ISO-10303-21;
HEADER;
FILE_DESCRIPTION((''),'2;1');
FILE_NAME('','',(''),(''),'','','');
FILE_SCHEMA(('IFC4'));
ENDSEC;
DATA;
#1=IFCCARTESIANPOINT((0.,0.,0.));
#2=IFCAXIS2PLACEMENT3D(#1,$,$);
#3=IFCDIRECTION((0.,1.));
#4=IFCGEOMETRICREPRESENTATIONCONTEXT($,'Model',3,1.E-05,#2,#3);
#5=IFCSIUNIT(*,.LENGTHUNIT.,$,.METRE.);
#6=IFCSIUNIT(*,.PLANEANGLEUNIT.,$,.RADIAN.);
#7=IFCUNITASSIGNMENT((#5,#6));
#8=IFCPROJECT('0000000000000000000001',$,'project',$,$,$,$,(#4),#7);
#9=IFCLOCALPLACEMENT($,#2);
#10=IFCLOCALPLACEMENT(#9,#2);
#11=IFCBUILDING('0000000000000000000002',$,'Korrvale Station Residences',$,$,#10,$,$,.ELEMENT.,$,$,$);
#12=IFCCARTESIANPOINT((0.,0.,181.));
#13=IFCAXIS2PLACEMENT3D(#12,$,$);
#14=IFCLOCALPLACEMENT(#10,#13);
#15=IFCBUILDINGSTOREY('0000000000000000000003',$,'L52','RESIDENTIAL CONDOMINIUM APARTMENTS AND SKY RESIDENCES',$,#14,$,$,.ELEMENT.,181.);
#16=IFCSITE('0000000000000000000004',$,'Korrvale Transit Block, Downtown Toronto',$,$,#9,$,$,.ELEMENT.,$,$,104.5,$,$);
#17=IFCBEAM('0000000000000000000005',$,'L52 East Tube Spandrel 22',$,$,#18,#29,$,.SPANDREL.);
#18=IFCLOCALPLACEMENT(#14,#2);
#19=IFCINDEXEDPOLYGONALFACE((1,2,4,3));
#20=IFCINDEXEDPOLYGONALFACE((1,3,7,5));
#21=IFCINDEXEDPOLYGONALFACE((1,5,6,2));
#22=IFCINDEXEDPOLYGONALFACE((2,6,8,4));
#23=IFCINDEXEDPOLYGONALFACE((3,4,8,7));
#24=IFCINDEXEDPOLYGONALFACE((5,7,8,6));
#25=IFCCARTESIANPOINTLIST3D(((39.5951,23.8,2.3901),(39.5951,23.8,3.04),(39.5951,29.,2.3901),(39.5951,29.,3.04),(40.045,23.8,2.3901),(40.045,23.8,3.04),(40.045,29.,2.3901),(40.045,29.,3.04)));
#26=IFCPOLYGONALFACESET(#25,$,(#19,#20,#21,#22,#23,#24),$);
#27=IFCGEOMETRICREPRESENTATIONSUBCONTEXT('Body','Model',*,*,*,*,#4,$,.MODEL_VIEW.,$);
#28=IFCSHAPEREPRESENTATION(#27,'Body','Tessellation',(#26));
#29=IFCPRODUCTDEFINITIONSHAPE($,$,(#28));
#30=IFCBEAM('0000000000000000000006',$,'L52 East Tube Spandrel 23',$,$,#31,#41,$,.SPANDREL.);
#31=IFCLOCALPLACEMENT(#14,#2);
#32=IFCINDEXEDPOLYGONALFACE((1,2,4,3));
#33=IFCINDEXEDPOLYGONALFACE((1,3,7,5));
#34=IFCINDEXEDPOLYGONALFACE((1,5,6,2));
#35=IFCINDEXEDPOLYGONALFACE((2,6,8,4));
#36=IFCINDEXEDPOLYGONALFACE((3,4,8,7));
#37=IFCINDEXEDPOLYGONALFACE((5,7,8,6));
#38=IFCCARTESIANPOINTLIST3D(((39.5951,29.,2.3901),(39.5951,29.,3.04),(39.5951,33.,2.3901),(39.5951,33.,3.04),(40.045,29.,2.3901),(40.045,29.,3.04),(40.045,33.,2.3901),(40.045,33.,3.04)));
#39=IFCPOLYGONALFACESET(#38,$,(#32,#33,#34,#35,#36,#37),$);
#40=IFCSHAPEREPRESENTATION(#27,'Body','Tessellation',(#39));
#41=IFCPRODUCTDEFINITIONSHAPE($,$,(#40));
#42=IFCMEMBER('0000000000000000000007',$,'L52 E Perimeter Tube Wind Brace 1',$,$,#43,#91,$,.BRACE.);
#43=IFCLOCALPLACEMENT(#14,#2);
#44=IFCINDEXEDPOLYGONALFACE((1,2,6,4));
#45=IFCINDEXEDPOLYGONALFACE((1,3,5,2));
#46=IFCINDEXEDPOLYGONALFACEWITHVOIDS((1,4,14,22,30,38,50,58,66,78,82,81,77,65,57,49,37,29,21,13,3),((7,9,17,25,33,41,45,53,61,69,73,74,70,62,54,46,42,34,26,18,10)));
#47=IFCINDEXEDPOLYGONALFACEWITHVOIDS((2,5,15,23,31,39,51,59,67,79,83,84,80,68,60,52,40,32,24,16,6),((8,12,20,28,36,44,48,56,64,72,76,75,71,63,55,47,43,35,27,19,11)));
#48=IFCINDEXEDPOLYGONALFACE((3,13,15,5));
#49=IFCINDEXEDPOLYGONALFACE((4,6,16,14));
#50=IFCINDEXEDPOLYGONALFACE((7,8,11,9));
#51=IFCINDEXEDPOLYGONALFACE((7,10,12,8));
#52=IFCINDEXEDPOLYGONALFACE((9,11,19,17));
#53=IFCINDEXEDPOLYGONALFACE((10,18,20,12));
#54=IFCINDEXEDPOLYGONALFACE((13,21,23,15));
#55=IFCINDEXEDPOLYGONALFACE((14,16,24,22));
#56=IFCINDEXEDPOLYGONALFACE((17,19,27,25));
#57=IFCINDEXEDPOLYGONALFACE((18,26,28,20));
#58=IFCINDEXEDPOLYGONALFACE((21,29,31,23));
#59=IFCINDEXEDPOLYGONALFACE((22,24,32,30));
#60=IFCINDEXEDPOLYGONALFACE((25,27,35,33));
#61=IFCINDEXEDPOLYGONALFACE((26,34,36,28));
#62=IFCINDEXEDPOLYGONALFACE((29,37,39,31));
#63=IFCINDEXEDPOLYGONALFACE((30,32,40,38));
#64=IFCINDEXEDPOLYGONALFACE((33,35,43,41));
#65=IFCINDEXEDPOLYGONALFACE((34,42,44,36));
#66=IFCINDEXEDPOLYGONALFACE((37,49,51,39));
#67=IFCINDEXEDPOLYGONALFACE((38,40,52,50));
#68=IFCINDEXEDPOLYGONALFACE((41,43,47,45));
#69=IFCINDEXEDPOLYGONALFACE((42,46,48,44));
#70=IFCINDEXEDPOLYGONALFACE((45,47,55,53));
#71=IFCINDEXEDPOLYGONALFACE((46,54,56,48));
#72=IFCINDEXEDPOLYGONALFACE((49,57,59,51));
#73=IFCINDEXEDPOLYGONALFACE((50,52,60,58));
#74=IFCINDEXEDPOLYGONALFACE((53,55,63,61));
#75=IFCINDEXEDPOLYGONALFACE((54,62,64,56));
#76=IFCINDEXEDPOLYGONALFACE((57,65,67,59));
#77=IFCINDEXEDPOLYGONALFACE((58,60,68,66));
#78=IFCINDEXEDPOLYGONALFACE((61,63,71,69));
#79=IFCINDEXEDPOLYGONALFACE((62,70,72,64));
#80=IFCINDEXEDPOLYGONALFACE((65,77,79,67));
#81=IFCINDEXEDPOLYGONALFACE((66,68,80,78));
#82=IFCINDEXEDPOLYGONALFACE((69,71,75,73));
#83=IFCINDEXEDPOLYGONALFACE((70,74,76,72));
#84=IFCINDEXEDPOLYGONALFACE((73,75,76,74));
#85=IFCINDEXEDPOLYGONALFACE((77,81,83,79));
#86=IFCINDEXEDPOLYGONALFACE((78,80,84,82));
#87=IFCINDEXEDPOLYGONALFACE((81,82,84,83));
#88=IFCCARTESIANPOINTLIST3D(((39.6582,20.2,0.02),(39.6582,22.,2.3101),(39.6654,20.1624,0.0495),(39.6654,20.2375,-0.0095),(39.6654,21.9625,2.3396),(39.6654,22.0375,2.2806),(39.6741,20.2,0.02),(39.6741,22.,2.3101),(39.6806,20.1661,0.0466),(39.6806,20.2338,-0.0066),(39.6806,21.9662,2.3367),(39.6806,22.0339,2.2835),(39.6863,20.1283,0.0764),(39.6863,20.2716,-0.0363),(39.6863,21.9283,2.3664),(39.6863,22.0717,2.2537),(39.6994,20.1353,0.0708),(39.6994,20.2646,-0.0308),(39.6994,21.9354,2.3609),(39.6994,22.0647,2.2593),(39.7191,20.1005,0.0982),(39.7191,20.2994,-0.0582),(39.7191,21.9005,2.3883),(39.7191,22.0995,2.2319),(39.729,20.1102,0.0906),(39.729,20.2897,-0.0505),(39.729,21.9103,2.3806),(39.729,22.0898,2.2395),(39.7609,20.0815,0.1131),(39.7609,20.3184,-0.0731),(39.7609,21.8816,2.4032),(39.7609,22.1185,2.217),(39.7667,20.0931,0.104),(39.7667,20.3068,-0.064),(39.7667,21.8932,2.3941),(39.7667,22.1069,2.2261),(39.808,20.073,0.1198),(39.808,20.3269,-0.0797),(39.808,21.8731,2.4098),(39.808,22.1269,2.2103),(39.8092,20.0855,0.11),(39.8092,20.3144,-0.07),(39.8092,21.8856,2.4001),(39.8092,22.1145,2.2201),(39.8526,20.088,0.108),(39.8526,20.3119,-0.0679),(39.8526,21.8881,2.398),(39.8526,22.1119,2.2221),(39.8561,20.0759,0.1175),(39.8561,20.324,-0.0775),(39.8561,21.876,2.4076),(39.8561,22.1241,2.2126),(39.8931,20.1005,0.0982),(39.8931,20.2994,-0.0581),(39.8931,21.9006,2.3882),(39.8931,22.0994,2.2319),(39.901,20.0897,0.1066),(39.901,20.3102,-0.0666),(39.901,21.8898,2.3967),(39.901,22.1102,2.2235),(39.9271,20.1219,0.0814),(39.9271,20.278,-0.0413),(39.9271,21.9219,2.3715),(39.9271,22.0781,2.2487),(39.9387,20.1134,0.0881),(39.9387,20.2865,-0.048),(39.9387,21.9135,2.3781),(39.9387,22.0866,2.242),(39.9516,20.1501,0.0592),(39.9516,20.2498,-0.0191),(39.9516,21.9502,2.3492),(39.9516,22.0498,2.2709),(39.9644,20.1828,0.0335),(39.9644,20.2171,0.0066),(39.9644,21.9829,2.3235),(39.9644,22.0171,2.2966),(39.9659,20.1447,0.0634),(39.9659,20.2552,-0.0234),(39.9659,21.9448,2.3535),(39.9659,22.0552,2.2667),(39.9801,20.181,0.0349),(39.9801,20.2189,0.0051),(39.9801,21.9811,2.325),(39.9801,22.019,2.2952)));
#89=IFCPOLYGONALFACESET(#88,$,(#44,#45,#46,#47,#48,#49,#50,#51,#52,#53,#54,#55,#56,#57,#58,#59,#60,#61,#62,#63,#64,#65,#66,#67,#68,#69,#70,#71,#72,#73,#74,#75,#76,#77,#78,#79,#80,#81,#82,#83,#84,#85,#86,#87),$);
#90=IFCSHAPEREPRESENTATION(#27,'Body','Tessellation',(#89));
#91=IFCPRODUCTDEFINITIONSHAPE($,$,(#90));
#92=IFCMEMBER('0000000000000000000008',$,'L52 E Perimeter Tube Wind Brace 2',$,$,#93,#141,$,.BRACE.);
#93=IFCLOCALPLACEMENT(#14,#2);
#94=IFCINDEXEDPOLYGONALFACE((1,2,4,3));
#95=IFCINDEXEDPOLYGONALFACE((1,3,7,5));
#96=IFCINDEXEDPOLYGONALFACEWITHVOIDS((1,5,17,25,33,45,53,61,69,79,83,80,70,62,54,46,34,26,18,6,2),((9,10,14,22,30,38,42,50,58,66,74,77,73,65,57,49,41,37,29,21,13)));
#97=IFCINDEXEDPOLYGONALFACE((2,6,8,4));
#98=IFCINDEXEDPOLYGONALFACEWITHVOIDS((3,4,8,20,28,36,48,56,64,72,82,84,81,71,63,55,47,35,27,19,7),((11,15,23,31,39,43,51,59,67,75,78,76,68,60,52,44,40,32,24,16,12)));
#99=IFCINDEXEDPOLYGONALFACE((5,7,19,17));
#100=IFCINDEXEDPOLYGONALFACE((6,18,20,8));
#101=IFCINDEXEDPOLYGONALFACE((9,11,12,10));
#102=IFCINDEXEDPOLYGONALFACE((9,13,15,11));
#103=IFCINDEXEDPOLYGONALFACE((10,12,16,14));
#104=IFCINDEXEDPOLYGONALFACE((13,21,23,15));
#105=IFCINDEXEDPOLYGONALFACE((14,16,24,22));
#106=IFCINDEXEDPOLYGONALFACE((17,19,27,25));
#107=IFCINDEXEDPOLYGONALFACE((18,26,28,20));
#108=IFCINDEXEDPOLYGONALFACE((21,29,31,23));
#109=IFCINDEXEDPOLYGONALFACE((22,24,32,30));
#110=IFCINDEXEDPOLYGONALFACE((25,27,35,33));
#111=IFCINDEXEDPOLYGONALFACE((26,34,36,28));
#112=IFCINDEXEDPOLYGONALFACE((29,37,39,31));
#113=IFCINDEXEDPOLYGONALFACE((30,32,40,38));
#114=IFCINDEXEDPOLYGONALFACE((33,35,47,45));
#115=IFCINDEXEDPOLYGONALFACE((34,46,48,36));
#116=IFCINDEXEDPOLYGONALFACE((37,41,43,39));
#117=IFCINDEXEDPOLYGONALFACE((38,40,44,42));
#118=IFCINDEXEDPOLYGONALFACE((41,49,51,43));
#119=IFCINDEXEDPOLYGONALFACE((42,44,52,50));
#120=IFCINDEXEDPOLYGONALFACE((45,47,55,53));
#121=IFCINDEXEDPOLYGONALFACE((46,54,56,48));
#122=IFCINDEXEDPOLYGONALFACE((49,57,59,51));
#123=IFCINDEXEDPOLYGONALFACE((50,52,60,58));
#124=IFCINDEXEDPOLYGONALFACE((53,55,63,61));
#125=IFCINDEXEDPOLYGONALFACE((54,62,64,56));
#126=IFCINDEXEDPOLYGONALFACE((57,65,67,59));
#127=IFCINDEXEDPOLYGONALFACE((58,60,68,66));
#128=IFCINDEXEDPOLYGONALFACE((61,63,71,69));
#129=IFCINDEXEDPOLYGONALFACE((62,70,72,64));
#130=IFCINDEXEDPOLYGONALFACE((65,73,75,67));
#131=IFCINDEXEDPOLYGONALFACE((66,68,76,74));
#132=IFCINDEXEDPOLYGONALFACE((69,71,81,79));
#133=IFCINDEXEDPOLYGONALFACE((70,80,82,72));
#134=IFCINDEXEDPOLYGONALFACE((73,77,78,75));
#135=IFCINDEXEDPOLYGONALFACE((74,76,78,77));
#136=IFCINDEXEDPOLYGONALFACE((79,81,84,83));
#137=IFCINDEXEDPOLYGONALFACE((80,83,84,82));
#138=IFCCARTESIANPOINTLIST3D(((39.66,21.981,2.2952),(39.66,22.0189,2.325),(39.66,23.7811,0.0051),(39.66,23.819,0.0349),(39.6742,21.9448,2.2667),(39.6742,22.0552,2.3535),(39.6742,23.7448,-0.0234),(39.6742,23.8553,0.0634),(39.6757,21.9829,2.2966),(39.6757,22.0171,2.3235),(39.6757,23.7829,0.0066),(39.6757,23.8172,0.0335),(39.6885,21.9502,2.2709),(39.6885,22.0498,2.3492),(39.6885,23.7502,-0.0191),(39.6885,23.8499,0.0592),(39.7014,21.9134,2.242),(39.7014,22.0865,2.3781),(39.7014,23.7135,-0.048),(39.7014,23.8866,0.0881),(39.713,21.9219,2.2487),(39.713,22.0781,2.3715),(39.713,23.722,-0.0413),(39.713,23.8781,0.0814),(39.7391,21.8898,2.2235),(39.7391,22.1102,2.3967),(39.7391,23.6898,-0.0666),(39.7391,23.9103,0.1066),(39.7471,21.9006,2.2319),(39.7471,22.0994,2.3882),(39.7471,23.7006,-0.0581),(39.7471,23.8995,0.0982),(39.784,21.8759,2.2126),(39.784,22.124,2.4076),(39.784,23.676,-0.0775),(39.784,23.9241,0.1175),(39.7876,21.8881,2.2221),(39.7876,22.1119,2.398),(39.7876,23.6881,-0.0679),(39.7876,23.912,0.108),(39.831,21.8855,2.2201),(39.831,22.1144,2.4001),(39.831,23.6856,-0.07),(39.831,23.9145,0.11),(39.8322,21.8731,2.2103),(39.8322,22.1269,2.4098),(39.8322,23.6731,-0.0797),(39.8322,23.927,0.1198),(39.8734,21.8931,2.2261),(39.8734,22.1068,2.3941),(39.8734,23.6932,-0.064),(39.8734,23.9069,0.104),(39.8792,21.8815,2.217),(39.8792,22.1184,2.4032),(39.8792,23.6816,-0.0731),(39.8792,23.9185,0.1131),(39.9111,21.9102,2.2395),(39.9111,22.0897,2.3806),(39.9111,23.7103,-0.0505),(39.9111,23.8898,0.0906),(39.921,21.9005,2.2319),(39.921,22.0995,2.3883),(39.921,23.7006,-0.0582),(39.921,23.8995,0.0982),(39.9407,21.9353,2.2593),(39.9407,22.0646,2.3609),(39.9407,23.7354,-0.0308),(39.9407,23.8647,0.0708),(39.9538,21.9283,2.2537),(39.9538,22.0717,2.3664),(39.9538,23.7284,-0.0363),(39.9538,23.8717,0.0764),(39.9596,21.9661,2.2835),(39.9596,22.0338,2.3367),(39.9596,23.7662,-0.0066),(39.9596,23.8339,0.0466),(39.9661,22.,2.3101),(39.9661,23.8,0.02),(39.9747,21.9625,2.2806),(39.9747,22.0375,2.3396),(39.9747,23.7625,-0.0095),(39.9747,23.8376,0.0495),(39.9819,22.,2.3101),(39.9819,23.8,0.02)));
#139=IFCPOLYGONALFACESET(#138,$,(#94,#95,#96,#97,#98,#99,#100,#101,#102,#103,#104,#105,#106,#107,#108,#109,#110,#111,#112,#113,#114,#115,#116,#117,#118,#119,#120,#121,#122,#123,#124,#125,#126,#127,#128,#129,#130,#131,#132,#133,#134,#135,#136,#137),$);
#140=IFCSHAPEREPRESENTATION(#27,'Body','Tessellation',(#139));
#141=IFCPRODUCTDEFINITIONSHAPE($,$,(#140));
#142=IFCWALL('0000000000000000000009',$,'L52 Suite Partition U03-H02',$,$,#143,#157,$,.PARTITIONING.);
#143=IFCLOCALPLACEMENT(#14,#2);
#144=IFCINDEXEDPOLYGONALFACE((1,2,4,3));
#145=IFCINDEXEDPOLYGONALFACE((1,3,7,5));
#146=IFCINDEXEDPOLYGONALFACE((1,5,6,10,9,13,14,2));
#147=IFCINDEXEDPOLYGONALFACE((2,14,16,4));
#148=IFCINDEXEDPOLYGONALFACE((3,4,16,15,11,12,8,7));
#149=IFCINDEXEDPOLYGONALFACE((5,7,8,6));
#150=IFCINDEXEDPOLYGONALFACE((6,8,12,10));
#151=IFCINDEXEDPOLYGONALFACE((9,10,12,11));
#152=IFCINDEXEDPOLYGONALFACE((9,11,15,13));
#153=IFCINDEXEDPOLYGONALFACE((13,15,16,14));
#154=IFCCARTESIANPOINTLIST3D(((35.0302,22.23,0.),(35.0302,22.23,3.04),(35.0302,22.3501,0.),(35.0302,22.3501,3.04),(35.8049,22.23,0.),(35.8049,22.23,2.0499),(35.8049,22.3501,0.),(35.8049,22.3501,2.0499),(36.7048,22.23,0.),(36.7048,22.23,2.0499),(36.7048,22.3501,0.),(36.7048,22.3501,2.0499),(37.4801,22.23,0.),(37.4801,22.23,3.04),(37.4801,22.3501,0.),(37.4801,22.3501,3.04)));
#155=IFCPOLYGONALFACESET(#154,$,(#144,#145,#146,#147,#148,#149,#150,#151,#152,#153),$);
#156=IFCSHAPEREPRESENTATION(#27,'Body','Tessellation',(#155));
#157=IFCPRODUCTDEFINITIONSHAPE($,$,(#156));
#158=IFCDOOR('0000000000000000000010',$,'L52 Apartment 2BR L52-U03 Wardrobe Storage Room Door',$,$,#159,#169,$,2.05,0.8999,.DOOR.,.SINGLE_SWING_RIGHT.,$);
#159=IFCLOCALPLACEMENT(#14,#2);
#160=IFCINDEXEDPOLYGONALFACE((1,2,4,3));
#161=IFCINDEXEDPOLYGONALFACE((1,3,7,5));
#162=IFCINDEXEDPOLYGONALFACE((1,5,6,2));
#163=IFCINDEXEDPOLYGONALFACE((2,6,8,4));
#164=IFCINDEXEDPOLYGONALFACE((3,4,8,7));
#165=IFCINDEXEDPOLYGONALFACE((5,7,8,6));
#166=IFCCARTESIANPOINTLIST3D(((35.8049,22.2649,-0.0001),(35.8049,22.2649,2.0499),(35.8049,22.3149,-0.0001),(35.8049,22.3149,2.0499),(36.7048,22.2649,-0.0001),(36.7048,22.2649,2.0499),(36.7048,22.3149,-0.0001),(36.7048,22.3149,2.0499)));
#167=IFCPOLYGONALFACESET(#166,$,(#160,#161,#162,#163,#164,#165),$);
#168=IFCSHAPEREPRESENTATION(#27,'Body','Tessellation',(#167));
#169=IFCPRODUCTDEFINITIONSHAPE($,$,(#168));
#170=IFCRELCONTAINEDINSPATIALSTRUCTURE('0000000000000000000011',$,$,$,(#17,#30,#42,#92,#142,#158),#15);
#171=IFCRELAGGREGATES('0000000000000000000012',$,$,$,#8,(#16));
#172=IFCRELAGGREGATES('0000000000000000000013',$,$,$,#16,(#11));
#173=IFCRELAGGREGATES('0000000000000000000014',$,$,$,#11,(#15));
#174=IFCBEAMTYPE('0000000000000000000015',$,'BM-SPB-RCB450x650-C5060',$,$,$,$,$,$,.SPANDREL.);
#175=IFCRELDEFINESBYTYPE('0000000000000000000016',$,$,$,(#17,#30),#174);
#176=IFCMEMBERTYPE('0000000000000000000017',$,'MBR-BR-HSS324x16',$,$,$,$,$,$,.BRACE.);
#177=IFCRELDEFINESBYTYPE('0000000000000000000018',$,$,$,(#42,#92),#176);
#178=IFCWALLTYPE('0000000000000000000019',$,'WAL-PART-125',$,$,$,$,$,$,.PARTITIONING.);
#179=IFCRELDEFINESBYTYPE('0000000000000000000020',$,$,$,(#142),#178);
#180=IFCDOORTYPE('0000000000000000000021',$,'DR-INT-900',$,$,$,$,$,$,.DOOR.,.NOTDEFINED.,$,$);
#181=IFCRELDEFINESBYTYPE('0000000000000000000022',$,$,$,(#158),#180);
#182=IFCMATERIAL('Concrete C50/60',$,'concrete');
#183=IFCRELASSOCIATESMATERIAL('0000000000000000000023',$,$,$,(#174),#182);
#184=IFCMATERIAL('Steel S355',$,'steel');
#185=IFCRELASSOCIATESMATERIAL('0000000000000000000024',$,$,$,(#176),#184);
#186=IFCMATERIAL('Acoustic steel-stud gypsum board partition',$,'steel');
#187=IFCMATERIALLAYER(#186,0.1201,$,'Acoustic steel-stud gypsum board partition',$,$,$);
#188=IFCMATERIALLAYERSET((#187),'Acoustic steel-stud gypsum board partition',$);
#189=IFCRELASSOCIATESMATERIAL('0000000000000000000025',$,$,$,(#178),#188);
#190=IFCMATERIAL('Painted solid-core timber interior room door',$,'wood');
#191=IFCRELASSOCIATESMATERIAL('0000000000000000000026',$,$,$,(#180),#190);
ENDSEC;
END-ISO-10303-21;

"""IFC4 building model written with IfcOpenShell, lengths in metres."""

from ifc_helpers import new_model, si_unit, direction, frame, frame_2d, origin, origin_2d, place, context, subcontext, project, spatial, rectangle, hollow_circle, extrude, material, layer, layer_set, material_profile, profile_set, type_object, element, fill, save


model = new_model("IFC4")

# Units and contexts
model_context = context("Model", 3, precision=1e-05, world=origin(), true_north=direction((0.0, 1.0)))
body_context = subcontext(model_context, "Body", "Model", "MODEL_VIEW")
ifc_project = project(units=[si_unit("LENGTHUNIT", "METRE"), si_unit("PLANEANGLEUNIT", "RADIAN")], contexts=[model_context])

# Site, building, storey
site_placement = place(None, origin())
site = spatial("IfcSite", under=ifc_project, at=site_placement, Name="Korrvale Transit Block, Downtown Toronto", CompositionType="ELEMENT", RefElevation=104.5)
building_placement = place(site_placement, origin())
building = spatial("IfcBuilding", under=site, at=building_placement, Name="Korrvale Station Residences", CompositionType="ELEMENT")
storey_placement = place(building_placement, frame((0.0, 0.0, 181.0)))
storey = spatial("IfcBuildingStorey", under=building, at=storey_placement, Name="L52", Description="RESIDENTIAL CONDOMINIUM APARTMENTS AND SKY RESIDENCES", CompositionType="ELEMENT", Elevation=181.0)

# Shared definitions
ifc_material_1 = material(Name="Concrete C50/60", Category="concrete")

# Beams
ifc_material_2 = material(Name="Steel S355", Category="steel")
ifc_material_profile_1 = material_profile(ifc_material_1, rectangle(XDim=0.45, YDim=0.6499, at=origin_2d()), Name="RCB450x650")
ifc_profile_set_1 = profile_set([ifc_material_profile_1], Name="Concrete C50/60")
beam_type_1 = type_object("IfcBeamType", Name="BM-SPB-RCB450x650-C5060", PredefinedType="SPANDREL", material=ifc_profile_set_1)
beam_1_placement = place(storey_placement, frame((39.8201, 23.8, 2.7151), z_axis=(0.0, 1.0, 0.0), x_axis=(-1.0, 0.0, 0.0)))
element("IfcBeam", 1, at=beam_1_placement, inside=storey, type_object=beam_type_1, Name="L52 East Tube Spandrel 22", PredefinedType="SPANDREL", context=body_context, shape_type="SweptSolid", body=[
    extrude(rectangle(XDim=0.45, YDim=0.6499, at=origin_2d()), origin(), (0.0, 0.0, 1.0), 5.2),
])
beam_2_placement = place(storey_placement, frame((39.8201, 29.0, 2.7151), z_axis=(0.0, 1.0, 0.0), x_axis=(-1.0, 0.0, 0.0)))
element("IfcBeam", 2, at=beam_2_placement, inside=storey, type_object=beam_type_1, Name="L52 East Tube Spandrel 23", PredefinedType="SPANDREL", context=body_context, shape_type="SweptSolid", body=[
    extrude(rectangle(XDim=0.45, YDim=0.6499, at=origin_2d()), origin(), (0.0, 0.0, 1.0), 4.0),
])

# Members
ifc_material_profile_2 = material_profile(ifc_material_2, hollow_circle(Radius=0.1619, WallThickness=0.0159, at=origin_2d()), Name="HSS324x16")
ifc_profile_set_2 = profile_set([ifc_material_profile_2], Name="Steel S355")
member_type = type_object("IfcMemberType", Name="MBR-BR-HSS324x16", PredefinedType="BRACE", material=ifc_profile_set_2)
for number, where, z_axis, x_axis, name in (
    (3, (39.8201, 20.2, 0.02), (0.0, 0.617977, 0.786196), (-1.0, 0.0, 0.0), "L52 E Perimeter Tube Wind Brace 1"),
    (4, (39.8201, 23.8, 0.02), (0.0, -0.617977, 0.786196), (1.0, 0.0, 0.0), "L52 E Perimeter Tube Wind Brace 2"),
):
    element("IfcMember", number, at=place(storey_placement, frame(where, z_axis=z_axis, x_axis=x_axis)), inside=storey, type_object=member_type, Name=name, PredefinedType="BRACE", context=body_context, shape_type="SweptSolid", body=[
        extrude(hollow_circle(Radius=0.1619, WallThickness=0.0159, at=origin_2d()), origin(), (0.0, 0.0, 1.0), 2.9128),
    ])

# Wall, opening, door
ifc_material_3 = material(Name="Acoustic steel-stud gypsum board partition", Category="steel")
ifc_layer_1 = layer(ifc_material_3, 0.1201, Name="Acoustic steel-stud gypsum board partition")
ifc_layer_set_1 = layer_set([ifc_layer_1], Name="Acoustic steel-stud gypsum board partition")
wall_type_1 = type_object("IfcWallType", Name="WAL-PART-125", PredefinedType="PARTITIONING", material=ifc_layer_set_1)
wall_1_placement = place(storey_placement, frame((35.03, 22.29, 0.0), z_axis=(0.0, 0.0, 1.0), x_axis=(1.0, 0.0, 0.0)))
wall_1 = element("IfcWall", 5, at=wall_1_placement, inside=storey, type_object=wall_type_1, Name="L52 Suite Partition U03-H02", PredefinedType="PARTITIONING", context=body_context, shape_type="SweptSolid", body=[
    extrude(rectangle(XDim=2.45, YDim=0.1201, at=frame_2d((1.2251, 0.0))), origin(), (0.0, 0.0, 1.0), 3.04),
])
opening_1_placement = place(wall_1_placement, frame((0.7749, 0.0, 0.0)))
opening_1 = element("IfcOpeningElement", 6, at=opening_1_placement, cuts=wall_1, PredefinedType="OPENING", context=body_context, shape_type="SweptSolid", body=[
    extrude(rectangle(XDim=0.8999, YDim=2.05, at=frame_2d((0.45, 1.0249))), frame((0.0, 0.0701, 0.0), z_axis=(0.0, -1.0, 0.0), x_axis=(1.0, 0.0, 0.0)), (0.0, 0.0, 1.0), 0.1401),
])
ifc_material_4 = material(Name="Painted solid-core timber interior room door", Category="wood")
door_type = type_object("IfcDoorType", Name="DR-INT-900", OperationType="NOTDEFINED", PredefinedType="DOOR", material=ifc_material_4)
door_1_placement = place(opening_1_placement, origin())
door_1 = element("IfcDoor", 7, at=door_1_placement, inside=storey, type_object=door_type, Name="L52 Apartment 2BR L52-U03 Wardrobe Storage Room Door", OperationType="SINGLE_SWING_RIGHT", OverallHeight=2.05, OverallWidth=0.8999, PredefinedType="DOOR", context=body_context, shape_type="SweptSolid", body=[
    extrude(rectangle(XDim=0.8999, YDim=2.05, at=frame_2d((0.45, 1.0249))), frame((0.0, 0.0249, 0.0), z_axis=(0.0, -1.0, 0.0), x_axis=(1.0, 0.0, 0.0)), (0.0, 0.0, 1.0), 0.05),
])
fill(opening_1, door_1)

save(model, "model.ifc")
